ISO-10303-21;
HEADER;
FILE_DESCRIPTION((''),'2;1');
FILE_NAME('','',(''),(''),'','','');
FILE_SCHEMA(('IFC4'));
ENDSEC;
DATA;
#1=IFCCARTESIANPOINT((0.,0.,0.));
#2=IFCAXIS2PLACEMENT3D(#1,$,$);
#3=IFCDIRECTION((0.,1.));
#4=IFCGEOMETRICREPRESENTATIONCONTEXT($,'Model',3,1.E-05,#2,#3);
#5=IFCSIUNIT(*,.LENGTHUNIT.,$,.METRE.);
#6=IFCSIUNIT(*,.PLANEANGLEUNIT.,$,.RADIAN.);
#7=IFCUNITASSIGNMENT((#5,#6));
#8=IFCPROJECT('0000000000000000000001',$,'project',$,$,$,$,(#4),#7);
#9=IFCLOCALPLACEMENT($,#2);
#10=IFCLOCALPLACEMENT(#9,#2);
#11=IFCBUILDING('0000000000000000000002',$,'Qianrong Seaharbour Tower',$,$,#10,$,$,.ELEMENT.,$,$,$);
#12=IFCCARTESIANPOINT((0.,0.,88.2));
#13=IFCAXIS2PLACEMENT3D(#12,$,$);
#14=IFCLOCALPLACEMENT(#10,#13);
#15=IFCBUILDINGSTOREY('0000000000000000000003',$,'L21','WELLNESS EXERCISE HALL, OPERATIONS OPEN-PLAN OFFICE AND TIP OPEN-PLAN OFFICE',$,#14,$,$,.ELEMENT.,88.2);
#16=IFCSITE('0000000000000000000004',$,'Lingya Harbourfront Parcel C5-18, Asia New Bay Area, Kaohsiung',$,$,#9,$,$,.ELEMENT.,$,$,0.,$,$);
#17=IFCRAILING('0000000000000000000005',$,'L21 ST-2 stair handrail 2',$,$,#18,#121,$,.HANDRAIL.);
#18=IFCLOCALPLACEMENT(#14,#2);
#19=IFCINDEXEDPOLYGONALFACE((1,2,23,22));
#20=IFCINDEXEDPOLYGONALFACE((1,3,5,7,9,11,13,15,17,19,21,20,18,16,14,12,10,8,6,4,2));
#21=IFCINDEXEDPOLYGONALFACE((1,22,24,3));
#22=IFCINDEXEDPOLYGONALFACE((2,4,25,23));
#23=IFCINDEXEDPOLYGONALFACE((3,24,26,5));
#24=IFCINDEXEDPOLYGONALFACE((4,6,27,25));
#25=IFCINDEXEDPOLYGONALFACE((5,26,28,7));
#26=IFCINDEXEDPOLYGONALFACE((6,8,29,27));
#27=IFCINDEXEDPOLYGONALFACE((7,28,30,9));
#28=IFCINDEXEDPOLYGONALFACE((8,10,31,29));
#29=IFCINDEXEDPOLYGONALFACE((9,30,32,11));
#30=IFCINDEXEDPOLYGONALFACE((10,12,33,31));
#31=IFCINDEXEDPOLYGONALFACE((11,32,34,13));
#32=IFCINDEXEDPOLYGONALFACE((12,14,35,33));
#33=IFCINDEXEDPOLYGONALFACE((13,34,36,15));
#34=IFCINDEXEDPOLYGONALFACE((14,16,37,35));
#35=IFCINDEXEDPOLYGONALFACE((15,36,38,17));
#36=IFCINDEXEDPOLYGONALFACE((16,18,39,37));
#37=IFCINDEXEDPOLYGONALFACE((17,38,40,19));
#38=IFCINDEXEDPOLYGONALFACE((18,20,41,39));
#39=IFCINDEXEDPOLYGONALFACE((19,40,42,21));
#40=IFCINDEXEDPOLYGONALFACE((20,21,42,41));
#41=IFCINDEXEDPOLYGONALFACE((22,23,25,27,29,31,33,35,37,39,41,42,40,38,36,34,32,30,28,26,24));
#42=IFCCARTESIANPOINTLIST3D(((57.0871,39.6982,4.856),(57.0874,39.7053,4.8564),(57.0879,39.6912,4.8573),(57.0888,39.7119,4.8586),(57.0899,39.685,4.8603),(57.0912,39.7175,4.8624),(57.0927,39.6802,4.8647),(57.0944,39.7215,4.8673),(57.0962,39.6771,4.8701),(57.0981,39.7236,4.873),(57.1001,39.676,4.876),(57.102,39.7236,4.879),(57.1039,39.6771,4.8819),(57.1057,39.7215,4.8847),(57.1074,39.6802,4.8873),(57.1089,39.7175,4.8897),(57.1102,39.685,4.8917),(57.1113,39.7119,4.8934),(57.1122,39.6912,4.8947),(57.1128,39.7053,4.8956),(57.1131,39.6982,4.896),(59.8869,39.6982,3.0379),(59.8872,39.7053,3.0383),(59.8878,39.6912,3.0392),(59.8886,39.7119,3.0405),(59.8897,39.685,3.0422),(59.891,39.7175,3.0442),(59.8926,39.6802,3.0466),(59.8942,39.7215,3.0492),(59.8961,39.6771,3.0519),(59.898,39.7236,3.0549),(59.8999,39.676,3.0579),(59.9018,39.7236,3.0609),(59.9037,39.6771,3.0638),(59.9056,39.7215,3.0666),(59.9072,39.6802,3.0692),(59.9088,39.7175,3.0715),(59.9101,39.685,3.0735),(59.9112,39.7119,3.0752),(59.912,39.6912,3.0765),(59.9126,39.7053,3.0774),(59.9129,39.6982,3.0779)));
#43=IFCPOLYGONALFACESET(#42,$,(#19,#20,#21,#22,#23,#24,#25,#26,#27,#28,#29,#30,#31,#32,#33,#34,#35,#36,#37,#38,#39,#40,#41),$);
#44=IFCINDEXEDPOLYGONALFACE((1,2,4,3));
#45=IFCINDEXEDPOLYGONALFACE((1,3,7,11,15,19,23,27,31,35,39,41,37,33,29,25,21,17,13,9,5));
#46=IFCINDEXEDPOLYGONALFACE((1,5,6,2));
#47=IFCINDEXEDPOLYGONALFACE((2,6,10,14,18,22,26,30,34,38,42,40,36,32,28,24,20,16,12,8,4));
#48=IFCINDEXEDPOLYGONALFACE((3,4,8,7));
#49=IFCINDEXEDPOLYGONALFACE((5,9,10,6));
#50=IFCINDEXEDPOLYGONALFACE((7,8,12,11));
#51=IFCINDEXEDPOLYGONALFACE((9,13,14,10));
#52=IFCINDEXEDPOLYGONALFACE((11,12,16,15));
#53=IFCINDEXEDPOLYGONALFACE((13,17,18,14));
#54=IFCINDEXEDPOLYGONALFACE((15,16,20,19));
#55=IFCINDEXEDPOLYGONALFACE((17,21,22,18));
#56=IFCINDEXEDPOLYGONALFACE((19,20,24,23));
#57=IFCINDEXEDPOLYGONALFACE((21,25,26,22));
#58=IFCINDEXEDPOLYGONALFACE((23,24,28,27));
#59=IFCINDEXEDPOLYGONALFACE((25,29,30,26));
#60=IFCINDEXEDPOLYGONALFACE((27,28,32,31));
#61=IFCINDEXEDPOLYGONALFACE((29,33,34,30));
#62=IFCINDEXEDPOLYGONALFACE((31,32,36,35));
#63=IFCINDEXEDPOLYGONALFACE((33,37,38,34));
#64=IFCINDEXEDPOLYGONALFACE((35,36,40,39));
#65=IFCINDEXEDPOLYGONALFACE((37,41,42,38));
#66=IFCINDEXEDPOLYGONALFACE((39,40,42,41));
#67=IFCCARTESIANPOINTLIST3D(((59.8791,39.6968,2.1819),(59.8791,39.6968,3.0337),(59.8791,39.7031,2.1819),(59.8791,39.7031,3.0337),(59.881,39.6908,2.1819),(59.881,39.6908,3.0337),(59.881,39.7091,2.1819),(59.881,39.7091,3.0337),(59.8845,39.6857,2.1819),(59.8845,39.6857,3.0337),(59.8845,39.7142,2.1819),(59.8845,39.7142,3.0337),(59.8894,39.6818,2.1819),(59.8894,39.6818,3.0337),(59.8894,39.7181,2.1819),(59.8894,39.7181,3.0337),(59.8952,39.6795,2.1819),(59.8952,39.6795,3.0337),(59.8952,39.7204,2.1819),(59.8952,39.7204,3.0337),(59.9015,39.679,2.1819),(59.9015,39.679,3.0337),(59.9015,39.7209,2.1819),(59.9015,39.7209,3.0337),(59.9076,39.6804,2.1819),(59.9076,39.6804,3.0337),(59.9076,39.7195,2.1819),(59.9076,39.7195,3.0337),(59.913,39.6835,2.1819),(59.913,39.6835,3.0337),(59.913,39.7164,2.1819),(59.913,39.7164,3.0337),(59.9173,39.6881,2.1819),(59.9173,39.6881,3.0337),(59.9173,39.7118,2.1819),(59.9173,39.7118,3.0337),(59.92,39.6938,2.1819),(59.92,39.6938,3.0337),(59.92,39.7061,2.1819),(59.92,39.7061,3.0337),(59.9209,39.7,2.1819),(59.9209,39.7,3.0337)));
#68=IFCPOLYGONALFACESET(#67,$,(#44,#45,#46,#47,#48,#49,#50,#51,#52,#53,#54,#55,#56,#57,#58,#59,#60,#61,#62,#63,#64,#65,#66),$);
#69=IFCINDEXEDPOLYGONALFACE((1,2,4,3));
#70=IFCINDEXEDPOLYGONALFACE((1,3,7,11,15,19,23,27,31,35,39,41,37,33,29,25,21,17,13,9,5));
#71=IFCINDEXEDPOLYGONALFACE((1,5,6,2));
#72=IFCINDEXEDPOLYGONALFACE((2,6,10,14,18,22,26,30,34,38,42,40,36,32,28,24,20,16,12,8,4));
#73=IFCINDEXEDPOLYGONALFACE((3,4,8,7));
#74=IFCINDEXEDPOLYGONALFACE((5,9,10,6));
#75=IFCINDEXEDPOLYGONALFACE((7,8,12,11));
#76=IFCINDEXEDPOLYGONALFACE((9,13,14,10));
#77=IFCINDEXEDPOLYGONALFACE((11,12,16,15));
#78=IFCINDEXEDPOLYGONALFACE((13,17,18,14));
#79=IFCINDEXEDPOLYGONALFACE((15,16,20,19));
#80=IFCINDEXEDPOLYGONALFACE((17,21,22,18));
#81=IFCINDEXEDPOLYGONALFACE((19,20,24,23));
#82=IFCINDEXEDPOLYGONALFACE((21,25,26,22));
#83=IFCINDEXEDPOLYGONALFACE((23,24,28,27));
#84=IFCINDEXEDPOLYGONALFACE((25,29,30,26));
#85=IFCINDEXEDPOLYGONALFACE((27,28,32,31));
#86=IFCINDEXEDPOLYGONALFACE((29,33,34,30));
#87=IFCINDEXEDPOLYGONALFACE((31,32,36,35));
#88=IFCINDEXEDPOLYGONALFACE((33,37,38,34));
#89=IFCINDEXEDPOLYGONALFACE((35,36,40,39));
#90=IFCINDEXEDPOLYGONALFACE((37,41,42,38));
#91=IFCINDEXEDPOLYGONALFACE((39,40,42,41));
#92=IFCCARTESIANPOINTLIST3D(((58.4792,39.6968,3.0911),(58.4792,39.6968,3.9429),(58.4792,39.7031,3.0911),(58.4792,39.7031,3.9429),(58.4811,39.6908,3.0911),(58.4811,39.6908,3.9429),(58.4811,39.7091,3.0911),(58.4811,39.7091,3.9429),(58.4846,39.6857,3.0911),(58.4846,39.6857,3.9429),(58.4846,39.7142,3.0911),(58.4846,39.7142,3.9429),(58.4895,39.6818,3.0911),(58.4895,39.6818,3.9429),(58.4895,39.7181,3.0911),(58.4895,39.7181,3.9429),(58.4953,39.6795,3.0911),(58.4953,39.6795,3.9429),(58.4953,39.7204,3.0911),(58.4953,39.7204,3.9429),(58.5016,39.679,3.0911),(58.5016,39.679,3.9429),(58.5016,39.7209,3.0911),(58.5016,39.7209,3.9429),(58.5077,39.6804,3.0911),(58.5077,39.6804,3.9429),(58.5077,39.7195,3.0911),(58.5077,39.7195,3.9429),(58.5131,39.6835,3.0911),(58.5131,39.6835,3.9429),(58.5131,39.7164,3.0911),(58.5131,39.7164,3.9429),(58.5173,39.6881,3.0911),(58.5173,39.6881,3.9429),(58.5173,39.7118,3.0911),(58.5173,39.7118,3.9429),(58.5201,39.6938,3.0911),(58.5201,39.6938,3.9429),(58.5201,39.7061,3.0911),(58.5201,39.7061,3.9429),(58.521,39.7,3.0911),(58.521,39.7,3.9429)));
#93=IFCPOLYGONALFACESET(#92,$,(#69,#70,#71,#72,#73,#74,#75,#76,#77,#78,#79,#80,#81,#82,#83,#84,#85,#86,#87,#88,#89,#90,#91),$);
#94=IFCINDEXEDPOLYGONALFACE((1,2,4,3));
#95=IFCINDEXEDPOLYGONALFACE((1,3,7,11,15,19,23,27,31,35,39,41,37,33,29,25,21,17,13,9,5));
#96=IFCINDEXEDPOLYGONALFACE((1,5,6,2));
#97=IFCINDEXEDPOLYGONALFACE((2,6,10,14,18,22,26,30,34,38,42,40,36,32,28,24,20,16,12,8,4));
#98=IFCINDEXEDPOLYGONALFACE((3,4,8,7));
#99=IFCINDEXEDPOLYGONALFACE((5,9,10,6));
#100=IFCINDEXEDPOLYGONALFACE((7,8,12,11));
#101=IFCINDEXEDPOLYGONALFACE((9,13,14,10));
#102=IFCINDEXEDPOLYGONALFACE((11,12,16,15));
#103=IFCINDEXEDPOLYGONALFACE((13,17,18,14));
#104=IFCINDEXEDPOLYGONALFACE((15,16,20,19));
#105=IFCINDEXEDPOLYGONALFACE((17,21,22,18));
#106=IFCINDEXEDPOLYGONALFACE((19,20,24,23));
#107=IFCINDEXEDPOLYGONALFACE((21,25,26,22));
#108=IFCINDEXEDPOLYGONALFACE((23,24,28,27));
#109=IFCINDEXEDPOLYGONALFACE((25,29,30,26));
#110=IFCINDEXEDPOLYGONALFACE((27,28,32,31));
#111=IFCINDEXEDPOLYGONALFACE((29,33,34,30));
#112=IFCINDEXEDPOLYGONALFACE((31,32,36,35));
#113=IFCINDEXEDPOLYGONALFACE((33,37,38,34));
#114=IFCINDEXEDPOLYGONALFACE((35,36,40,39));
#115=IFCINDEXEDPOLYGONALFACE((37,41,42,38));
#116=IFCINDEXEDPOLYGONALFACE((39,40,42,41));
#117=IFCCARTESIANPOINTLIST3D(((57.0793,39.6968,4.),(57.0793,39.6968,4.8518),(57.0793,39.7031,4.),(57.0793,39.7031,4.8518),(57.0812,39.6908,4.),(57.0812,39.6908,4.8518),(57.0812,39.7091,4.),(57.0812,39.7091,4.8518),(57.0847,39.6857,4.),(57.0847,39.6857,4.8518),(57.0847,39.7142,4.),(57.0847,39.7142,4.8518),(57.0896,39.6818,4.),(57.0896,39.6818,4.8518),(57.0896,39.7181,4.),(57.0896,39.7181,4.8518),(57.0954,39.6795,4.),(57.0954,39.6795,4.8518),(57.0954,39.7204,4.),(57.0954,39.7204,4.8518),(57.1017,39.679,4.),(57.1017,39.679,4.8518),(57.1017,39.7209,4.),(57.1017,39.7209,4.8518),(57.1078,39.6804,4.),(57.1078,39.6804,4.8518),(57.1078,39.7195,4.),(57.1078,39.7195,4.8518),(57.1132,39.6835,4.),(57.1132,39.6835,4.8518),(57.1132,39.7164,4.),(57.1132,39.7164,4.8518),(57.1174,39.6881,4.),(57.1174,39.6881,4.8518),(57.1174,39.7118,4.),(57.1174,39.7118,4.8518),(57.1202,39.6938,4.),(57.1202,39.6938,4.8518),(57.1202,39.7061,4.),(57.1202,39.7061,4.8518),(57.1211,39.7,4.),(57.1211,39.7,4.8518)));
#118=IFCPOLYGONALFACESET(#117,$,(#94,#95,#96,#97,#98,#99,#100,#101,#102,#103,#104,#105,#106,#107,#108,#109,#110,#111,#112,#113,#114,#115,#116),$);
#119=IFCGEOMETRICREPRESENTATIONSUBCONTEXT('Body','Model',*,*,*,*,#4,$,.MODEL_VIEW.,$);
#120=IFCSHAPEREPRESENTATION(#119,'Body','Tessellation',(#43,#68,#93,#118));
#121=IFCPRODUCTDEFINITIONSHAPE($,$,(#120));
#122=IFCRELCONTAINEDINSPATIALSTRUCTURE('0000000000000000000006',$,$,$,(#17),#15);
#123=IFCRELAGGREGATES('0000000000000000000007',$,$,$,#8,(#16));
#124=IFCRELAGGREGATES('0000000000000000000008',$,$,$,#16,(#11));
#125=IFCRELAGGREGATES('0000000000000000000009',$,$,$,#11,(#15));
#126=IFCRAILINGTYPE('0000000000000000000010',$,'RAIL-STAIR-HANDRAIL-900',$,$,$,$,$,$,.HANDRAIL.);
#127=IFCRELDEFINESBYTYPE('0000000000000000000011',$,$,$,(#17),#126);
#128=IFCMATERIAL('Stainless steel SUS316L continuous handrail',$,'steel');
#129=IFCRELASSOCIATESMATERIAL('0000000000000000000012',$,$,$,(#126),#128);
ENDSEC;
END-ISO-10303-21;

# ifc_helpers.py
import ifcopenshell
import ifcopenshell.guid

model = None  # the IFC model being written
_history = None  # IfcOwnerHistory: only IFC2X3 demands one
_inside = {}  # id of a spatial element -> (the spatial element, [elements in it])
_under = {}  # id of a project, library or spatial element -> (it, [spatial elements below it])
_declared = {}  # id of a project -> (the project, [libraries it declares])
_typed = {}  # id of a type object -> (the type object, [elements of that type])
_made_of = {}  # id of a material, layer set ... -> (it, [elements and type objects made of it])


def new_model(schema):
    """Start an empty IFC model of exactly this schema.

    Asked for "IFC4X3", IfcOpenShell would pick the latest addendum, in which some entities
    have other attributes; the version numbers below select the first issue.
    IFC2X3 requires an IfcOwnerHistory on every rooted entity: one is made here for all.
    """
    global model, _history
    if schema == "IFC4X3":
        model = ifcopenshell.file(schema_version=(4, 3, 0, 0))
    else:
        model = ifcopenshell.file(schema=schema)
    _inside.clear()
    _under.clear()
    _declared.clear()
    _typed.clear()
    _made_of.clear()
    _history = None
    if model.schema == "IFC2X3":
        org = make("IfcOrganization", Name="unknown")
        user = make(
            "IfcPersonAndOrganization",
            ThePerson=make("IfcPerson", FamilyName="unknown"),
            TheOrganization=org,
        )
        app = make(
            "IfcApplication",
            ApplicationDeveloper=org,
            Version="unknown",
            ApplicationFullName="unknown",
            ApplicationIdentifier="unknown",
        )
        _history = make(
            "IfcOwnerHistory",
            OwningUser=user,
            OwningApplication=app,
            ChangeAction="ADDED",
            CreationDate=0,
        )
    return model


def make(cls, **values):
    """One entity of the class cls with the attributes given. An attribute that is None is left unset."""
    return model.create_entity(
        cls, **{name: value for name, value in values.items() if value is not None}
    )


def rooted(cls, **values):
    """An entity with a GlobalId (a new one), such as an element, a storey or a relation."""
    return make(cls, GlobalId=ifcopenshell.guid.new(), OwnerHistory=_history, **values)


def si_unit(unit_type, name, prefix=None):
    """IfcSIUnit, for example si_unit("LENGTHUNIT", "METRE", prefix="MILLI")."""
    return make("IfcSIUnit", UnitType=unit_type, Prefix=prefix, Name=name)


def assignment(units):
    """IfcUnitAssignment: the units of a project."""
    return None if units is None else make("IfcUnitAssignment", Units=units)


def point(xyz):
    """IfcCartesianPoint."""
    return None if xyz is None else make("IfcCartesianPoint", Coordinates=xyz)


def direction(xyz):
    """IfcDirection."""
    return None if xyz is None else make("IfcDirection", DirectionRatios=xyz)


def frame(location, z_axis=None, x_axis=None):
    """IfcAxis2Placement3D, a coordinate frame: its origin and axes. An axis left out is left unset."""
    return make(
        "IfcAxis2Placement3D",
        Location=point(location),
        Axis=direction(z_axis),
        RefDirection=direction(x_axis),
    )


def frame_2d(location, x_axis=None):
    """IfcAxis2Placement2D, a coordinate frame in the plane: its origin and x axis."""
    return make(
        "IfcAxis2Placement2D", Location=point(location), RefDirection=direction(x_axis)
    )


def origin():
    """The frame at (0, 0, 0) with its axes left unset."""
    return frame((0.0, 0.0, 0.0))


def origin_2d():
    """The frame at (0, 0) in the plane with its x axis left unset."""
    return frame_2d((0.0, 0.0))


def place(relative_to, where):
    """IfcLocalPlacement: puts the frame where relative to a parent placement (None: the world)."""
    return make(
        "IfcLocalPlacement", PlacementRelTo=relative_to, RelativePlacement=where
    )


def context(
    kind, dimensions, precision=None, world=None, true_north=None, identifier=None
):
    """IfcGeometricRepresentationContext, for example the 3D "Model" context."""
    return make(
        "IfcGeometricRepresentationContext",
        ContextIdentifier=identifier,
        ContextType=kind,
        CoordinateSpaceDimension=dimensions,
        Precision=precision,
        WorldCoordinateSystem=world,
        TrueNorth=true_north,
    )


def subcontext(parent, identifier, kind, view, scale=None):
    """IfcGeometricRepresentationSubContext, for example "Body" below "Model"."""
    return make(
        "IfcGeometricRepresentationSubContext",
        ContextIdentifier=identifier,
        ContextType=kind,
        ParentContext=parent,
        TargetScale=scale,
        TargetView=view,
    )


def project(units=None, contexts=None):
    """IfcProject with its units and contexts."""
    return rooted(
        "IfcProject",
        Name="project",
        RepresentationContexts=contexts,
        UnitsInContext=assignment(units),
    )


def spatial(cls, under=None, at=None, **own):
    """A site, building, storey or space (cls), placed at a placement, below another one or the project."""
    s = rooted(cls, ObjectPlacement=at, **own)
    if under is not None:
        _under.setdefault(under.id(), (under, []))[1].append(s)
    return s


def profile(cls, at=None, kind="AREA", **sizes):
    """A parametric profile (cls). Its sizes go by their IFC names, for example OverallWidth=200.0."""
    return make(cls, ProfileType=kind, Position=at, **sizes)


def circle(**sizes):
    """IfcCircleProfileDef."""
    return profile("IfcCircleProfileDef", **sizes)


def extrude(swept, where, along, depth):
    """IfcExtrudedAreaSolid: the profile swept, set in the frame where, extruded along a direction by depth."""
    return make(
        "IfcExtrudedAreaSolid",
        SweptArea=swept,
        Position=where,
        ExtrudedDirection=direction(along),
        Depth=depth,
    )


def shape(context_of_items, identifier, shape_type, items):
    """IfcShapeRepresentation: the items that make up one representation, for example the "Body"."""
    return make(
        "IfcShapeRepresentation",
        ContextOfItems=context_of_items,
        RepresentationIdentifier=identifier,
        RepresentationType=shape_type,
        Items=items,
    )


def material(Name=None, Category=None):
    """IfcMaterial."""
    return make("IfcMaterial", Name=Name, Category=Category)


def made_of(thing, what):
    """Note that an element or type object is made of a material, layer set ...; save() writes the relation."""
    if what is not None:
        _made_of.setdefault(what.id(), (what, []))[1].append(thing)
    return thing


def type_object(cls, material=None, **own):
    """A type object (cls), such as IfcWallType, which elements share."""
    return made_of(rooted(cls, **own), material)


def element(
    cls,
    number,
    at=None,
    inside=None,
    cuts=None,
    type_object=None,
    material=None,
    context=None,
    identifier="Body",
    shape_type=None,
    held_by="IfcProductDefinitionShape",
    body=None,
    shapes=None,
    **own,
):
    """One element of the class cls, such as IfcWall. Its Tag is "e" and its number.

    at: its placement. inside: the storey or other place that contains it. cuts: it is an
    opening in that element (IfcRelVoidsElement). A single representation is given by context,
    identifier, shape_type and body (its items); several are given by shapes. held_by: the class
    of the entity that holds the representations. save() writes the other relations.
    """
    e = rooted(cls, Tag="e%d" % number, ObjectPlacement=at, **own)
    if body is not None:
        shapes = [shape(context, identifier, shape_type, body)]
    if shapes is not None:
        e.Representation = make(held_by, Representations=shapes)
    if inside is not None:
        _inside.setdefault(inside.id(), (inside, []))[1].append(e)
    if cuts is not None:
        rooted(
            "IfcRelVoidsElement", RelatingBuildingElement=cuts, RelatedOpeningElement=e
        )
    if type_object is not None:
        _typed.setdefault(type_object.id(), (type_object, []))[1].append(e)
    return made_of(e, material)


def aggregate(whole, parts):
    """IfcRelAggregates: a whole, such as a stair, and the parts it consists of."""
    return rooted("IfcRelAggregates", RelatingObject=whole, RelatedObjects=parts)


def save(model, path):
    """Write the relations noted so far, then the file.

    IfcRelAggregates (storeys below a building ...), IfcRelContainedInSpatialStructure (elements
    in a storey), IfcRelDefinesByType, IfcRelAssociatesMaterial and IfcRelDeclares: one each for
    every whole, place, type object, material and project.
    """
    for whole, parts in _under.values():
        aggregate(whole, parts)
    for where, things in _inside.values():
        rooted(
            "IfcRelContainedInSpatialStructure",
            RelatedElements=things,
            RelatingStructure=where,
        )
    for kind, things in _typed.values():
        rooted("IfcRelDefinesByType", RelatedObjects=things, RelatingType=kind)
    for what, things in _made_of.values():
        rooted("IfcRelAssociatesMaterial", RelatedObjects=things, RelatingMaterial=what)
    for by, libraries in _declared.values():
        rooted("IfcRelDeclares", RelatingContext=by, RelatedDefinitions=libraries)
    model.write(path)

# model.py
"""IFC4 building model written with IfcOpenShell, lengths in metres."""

from ifc_helpers import new_model, si_unit, direction, frame, origin, origin_2d, place, context, subcontext, project, spatial, circle, extrude, material, type_object, element, save


model = new_model("IFC4")

# Units and contexts
model_context = context("Model", 3, precision=1e-05, world=origin(), true_north=direction((0.0, 1.0)))
body_context = subcontext(model_context, "Body", "Model", "MODEL_VIEW")
ifc_project = project(units=[si_unit("LENGTHUNIT", "METRE"), si_unit("PLANEANGLEUNIT", "RADIAN")], contexts=[model_context])

# Site, building, storey
site_placement = place(None, origin())
site = spatial("IfcSite", under=ifc_project, at=site_placement, Name="Lingya Harbourfront Parcel C5-18, Asia New Bay Area, Kaohsiung", CompositionType="ELEMENT", RefElevation=0.0)
building_placement = place(site_placement, origin())
building = spatial("IfcBuilding", under=site, at=building_placement, Name="Qianrong Seaharbour Tower", CompositionType="ELEMENT")
storey_placement = place(building_placement, frame((0.0, 0.0, 88.2)))
storey = spatial("IfcBuildingStorey", under=building, at=storey_placement, Name="L21", Description="WELLNESS EXERCISE HALL, OPERATIONS OPEN-PLAN OFFICE AND TIP OPEN-PLAN OFFICE", CompositionType="ELEMENT", Elevation=88.2)

# Railing
ifc_material_1 = material(Name="Stainless steel SUS316L continuous handrail", Category="steel")
railing_type_1 = type_object("IfcRailingType", Name="RAIL-STAIR-HANDRAIL-900", PredefinedType="HANDRAIL", material=ifc_material_1)
railing_1_placement = place(storey_placement, frame((59.8999, 39.7, 2.1819)))
element("IfcRailing", 1, at=railing_1_placement, inside=storey, type_object=railing_type_1, Name="L21 ST-2 stair handrail 2", PredefinedType="HANDRAIL", context=body_context, shape_type="SweptSolid", body=[
    extrude(circle(Radius=0.0239, at=origin_2d()), frame((0.0, 0.0, 0.876), z_axis=(-0.838684, 0.0, 0.544618), x_axis=(0.0, -1.0, 0.0)), (0.0, 0.0, 1.0), 3.3384),
    extrude(circle(Radius=0.021, at=origin_2d()), origin(), (0.0, 0.0, 1.0), 0.8518),
    extrude(circle(Radius=0.021, at=origin_2d()), frame((-1.3999, 0.0, 0.9092)), (0.0, 0.0, 1.0), 0.8518),
    extrude(circle(Radius=0.021, at=origin_2d()), frame((-2.7998, 0.0, 1.8181)), (0.0, 0.0, 1.0), 0.8518),
])

save(model, "model.ifc")
